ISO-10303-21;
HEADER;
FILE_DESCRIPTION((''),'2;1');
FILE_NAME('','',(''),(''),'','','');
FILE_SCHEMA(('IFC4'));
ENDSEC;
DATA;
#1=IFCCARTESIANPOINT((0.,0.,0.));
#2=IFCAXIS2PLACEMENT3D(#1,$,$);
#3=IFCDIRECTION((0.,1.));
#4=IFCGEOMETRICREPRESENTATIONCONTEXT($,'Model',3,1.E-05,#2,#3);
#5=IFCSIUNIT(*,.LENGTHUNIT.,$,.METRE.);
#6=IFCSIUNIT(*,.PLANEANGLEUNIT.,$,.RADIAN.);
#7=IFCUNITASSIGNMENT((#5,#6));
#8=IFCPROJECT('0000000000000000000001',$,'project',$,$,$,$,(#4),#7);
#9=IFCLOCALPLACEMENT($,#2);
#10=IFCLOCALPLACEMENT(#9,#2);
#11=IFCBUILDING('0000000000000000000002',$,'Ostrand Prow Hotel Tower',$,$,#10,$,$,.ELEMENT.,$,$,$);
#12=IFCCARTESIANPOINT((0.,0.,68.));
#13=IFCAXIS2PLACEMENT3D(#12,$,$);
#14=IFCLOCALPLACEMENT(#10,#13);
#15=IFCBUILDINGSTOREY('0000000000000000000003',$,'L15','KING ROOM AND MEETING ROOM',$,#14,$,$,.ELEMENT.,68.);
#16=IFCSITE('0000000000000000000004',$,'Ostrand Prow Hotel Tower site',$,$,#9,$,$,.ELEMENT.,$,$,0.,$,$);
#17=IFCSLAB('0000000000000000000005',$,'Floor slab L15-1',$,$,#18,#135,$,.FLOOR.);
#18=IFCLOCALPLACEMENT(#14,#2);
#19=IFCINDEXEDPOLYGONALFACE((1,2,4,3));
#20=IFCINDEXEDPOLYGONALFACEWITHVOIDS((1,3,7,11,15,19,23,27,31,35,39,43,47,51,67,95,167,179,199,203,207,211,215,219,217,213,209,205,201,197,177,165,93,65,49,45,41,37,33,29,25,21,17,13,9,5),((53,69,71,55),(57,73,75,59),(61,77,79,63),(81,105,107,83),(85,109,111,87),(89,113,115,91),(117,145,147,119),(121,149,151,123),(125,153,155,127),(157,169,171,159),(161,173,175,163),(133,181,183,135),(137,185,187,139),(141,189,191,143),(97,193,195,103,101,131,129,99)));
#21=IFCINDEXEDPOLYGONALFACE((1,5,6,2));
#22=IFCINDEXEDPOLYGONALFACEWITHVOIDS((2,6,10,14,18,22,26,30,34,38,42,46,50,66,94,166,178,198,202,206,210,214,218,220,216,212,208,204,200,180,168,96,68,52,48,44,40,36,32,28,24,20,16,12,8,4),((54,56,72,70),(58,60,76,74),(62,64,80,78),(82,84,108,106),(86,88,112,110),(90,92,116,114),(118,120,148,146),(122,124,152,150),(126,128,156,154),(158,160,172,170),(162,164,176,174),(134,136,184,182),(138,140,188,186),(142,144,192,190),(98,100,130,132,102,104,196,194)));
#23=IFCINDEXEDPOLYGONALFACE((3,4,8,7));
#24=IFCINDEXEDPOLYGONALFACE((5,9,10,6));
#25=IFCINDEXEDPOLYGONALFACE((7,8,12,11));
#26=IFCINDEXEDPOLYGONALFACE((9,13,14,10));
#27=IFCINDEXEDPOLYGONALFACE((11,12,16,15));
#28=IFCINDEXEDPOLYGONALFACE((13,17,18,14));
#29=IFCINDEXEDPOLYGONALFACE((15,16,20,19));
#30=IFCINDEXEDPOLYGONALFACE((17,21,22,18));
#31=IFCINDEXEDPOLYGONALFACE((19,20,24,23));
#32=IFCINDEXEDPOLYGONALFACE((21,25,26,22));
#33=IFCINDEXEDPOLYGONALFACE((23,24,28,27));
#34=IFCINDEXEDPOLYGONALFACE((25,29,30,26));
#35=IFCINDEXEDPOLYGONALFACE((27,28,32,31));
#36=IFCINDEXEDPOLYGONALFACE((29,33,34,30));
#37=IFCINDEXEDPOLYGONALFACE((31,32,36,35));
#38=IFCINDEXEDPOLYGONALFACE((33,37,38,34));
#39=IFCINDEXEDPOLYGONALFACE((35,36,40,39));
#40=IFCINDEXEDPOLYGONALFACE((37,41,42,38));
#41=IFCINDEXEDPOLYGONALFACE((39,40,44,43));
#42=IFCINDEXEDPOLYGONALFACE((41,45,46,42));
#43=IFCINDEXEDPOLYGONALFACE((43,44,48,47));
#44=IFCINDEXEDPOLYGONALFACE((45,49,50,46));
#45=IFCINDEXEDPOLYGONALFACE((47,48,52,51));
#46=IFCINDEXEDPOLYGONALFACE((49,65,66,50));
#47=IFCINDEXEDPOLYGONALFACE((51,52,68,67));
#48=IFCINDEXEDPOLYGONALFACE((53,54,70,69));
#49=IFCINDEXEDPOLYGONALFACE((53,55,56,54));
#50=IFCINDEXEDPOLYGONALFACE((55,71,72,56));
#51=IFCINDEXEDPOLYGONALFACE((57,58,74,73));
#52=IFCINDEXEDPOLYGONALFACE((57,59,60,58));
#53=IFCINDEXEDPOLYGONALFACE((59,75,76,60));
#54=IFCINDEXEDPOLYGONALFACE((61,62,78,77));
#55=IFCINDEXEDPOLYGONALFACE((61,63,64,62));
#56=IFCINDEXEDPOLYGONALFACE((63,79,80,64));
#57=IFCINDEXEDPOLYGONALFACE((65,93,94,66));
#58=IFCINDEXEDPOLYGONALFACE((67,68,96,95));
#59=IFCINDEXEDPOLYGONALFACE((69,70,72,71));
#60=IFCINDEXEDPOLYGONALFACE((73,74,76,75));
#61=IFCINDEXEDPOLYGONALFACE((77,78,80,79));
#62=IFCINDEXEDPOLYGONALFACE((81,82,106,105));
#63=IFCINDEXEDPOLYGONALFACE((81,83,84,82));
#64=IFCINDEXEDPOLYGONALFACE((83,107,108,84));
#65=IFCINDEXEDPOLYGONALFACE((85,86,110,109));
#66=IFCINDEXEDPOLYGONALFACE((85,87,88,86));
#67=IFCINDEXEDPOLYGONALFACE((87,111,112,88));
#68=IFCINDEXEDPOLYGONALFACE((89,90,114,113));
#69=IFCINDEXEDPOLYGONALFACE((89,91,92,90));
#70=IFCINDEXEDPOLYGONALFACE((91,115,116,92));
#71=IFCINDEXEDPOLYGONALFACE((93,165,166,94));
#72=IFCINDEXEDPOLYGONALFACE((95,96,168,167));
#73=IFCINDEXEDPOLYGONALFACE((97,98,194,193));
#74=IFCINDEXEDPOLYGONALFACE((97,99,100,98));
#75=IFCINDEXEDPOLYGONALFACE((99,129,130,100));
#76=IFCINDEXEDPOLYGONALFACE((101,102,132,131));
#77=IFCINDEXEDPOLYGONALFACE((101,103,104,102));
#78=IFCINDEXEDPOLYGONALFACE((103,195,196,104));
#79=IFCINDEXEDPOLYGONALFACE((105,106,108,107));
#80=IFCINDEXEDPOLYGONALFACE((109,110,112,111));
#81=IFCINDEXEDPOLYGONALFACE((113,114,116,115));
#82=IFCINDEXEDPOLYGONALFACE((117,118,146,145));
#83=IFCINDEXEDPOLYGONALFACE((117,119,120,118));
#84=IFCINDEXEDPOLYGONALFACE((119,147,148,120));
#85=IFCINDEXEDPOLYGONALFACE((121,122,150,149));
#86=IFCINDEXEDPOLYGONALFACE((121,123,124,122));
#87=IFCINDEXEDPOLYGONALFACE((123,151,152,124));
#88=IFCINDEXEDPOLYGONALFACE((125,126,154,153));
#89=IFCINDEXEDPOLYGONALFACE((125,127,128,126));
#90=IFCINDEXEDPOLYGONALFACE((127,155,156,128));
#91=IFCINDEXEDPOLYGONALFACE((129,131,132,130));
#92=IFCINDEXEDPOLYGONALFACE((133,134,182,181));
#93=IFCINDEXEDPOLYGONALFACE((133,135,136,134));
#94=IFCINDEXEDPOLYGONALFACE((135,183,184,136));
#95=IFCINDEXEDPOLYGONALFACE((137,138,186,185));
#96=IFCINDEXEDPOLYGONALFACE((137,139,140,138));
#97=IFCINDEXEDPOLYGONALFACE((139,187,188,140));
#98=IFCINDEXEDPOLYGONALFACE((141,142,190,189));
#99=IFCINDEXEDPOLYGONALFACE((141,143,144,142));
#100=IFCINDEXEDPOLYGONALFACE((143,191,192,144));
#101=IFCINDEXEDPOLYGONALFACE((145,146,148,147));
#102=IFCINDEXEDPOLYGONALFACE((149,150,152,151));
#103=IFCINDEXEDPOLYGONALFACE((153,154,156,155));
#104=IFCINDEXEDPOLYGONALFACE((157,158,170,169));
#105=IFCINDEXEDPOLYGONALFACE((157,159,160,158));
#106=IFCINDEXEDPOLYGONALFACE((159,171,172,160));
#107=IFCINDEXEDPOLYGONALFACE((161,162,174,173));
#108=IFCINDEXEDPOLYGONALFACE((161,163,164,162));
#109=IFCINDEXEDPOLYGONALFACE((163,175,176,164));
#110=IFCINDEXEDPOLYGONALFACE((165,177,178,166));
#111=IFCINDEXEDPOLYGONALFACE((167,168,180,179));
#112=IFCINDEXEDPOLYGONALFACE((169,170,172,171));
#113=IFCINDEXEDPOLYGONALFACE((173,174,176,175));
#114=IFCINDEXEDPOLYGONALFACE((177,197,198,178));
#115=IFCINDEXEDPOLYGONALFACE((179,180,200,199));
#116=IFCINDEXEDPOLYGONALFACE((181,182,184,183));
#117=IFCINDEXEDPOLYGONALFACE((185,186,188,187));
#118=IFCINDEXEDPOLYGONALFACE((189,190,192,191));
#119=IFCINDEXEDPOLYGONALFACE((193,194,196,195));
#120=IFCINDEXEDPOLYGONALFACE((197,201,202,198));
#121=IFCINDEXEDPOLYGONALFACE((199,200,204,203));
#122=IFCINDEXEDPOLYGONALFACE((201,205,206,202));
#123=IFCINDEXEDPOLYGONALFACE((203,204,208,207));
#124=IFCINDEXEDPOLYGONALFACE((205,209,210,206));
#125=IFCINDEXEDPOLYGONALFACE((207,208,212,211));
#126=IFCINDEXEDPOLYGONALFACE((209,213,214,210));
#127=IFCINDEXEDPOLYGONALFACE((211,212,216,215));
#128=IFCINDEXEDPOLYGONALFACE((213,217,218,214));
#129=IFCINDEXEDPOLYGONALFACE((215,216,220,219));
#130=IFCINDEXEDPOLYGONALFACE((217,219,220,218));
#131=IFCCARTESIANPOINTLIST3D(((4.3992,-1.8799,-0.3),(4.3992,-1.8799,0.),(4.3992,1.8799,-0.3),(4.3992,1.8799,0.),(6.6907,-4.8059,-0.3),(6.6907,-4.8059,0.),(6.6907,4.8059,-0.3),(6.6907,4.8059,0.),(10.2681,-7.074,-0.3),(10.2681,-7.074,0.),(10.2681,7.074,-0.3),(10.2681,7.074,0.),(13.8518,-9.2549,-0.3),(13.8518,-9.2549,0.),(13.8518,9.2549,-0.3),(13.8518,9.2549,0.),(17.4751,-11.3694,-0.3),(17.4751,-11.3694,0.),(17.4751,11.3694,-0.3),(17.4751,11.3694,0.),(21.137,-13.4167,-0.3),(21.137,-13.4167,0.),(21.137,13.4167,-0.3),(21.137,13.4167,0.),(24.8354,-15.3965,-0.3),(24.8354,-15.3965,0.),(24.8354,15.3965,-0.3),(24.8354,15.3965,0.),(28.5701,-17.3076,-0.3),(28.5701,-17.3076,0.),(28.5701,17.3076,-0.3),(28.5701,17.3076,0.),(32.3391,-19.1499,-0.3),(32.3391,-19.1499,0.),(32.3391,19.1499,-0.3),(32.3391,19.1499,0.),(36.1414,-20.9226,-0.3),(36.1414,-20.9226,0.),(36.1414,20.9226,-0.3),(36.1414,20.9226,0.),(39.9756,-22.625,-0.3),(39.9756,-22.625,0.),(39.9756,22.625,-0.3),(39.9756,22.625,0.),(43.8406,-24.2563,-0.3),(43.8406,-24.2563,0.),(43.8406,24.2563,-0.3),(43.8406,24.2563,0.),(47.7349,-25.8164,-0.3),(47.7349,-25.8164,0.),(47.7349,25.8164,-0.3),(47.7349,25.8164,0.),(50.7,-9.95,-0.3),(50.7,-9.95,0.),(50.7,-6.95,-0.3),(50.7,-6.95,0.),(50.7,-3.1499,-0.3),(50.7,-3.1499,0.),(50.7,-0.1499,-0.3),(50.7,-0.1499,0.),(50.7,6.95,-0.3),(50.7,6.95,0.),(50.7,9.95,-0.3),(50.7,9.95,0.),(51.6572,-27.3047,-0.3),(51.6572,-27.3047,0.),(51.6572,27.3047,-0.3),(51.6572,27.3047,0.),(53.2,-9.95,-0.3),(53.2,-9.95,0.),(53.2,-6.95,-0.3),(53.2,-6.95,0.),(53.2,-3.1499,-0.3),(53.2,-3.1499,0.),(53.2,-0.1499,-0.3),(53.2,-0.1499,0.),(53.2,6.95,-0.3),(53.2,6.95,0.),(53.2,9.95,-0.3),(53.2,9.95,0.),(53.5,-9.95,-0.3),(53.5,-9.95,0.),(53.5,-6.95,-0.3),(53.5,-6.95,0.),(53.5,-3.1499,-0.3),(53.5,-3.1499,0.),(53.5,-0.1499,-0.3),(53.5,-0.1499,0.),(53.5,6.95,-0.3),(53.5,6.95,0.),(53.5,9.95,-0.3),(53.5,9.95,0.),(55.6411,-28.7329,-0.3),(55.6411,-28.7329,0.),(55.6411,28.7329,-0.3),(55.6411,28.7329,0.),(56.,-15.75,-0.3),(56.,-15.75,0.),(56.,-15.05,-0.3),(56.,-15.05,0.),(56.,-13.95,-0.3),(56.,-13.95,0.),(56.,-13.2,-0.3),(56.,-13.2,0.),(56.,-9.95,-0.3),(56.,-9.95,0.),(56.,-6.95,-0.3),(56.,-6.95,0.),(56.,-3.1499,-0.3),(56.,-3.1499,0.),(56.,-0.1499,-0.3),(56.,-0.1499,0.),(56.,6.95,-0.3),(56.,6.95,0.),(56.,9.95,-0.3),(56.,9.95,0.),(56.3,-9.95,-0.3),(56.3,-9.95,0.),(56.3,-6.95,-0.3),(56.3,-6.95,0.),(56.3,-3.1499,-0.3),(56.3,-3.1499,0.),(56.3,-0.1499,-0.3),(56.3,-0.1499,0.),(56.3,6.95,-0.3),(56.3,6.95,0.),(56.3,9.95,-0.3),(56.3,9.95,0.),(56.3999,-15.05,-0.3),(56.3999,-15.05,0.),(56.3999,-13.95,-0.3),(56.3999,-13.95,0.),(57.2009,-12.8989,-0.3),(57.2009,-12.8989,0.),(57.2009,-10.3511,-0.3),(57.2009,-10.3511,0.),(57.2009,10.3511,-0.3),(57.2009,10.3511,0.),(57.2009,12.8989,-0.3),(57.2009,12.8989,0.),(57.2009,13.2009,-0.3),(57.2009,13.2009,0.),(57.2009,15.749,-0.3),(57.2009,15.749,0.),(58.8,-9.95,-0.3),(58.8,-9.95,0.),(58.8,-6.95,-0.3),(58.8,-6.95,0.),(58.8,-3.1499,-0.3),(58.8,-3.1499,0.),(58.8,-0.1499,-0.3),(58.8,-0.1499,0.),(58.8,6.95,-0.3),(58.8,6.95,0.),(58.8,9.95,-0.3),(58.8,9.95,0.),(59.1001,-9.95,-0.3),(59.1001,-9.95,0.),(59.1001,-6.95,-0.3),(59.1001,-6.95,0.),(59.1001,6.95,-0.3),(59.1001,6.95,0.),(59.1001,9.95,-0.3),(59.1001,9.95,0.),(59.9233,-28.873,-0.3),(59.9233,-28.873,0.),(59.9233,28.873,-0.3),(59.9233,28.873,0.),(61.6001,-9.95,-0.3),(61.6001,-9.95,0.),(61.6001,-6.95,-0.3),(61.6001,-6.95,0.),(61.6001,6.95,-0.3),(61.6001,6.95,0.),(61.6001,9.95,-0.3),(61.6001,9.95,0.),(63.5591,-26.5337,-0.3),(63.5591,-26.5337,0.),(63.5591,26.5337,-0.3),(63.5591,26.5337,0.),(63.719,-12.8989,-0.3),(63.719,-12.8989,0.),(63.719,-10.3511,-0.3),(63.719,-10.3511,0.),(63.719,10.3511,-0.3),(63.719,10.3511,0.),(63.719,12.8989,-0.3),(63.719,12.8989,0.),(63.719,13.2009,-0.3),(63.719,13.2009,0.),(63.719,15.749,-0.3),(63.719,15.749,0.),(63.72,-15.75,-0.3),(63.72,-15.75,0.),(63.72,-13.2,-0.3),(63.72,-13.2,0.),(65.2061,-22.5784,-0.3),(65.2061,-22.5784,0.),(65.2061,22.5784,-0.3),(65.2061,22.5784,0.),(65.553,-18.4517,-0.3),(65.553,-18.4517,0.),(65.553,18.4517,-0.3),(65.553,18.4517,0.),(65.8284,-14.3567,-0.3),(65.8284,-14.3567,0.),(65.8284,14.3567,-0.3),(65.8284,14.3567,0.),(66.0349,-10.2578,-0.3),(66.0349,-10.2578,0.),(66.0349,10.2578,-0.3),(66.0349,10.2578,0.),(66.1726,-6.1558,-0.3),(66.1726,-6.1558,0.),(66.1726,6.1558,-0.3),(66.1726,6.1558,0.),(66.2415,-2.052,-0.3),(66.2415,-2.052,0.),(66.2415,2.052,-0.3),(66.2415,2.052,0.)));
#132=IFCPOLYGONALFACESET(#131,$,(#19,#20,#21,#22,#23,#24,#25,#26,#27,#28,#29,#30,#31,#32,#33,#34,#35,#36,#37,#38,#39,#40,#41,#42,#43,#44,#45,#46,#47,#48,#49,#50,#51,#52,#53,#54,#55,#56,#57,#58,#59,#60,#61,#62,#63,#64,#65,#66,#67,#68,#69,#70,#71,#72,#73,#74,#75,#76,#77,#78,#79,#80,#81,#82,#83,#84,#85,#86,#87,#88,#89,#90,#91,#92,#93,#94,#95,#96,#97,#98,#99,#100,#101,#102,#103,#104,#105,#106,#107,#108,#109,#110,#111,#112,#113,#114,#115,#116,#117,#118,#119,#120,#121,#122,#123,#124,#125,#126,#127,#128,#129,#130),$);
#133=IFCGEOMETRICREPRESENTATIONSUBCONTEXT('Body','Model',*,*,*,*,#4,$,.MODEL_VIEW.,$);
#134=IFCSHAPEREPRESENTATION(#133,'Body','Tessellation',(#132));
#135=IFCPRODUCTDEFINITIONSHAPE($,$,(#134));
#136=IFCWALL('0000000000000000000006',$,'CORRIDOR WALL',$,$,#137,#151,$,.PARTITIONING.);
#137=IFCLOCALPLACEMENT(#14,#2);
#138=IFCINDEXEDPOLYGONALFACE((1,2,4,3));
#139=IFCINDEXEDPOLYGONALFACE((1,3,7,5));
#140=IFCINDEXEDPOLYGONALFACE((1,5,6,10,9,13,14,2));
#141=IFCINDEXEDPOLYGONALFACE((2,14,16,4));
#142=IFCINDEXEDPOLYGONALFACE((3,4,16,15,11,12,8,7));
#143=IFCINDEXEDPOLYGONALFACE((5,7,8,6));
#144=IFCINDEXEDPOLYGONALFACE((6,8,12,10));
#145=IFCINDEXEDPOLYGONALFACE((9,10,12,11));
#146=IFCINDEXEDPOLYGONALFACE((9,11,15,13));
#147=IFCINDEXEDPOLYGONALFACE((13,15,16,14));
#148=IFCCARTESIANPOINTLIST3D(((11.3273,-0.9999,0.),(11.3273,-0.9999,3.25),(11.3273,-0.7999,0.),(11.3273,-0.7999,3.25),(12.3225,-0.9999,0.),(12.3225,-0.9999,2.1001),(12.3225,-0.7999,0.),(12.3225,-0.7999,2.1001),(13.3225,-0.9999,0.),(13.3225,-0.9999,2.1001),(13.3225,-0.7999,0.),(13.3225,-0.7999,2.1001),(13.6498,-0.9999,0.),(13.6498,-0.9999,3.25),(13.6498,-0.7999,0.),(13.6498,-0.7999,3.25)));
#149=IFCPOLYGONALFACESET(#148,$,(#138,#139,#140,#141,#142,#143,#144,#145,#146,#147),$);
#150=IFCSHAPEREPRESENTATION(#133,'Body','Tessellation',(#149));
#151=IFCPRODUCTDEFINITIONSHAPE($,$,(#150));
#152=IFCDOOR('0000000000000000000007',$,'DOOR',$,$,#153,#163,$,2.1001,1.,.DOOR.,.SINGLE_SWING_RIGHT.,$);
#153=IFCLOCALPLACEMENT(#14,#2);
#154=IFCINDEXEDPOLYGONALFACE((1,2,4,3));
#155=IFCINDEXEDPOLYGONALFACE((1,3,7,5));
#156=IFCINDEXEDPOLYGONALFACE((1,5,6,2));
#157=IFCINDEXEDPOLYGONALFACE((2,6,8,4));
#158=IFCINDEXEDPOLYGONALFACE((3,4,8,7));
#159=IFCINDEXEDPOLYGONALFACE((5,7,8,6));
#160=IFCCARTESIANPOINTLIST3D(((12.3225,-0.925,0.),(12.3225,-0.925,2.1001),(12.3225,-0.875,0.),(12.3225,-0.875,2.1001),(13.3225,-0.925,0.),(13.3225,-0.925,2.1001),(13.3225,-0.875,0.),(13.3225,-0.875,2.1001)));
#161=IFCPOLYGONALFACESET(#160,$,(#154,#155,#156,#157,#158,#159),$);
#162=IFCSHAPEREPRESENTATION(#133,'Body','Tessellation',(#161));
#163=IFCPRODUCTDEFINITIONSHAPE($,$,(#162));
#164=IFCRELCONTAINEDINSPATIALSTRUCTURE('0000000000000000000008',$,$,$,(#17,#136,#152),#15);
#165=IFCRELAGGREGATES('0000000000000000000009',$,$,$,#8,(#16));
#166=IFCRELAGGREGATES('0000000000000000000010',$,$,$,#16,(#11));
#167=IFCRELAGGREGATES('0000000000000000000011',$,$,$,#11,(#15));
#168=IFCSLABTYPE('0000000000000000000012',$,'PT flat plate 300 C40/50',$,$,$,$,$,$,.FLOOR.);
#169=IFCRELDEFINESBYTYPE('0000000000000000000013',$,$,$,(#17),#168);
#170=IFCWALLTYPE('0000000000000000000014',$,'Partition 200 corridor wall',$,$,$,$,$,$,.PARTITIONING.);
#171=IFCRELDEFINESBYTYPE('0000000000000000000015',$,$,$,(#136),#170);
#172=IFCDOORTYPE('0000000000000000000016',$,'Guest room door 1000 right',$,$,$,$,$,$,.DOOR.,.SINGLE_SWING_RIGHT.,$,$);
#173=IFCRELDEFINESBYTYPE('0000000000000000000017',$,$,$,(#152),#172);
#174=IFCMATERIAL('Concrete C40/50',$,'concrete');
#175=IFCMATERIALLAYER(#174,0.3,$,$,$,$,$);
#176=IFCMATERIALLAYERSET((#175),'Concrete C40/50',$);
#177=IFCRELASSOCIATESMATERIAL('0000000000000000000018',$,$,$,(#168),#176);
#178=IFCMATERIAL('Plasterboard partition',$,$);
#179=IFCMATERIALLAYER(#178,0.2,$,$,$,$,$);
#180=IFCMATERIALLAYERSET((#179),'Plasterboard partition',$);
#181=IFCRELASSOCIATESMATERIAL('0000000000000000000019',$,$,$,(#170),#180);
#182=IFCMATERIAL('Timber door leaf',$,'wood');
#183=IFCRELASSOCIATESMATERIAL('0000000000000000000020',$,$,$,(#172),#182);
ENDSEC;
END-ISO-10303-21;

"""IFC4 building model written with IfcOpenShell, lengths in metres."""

from ifc_helpers import new_model, si_unit, direction, frame, frame_2d, origin, place, context, subcontext, project, spatial, polyline, rectangle, outline, extrude, material, layer, layer_set, type_object, element, fill, save


model = new_model("IFC4")

# Units and contexts
model_context = context("Model", 3, precision=1e-05, world=origin(), true_north=direction((0.0, 1.0)))
body_context = subcontext(model_context, "Body", "Model", "MODEL_VIEW")
ifc_project = project(units=[si_unit("LENGTHUNIT", "METRE"), si_unit("PLANEANGLEUNIT", "RADIAN")], contexts=[model_context])

# Site, building, storey
site_placement = place(None, origin())
site = spatial("IfcSite", under=ifc_project, at=site_placement, Name="Ostrand Prow Hotel Tower site", CompositionType="ELEMENT", RefElevation=0.0)
building_placement = place(site_placement, origin())
building = spatial("IfcBuilding", under=site, at=building_placement, Name="Ostrand Prow Hotel Tower", CompositionType="ELEMENT")
storey_placement = place(building_placement, frame((0.0, 0.0, 68.0)))
storey = spatial("IfcBuildingStorey", under=building, at=storey_placement, Name="L15", Description="KING ROOM AND MEETING ROOM", CompositionType="ELEMENT", Elevation=68.0)

# Slab, opening
ifc_material_1 = material(Name="Concrete C40/50", Category="concrete")
ifc_layer_1 = layer(ifc_material_1, 0.3)
ifc_layer_set_1 = layer_set([ifc_layer_1], Name="Concrete C40/50")
slab_type = type_object("IfcSlabType", Name="PT flat plate 300 C40/50", PredefinedType="FLOOR", material=ifc_layer_set_1)
slab_placement = place(storey_placement, frame((0.0, 0.0, -0.3)))
slab = element("IfcSlab", 1, at=slab_placement, inside=storey, type_object=slab_type, Name="Floor slab L15-1", PredefinedType="FLOOR", context=body_context, shape_type="SweptSolid", body=[
    extrude(outline(polyline([(6.6907, 4.8059), (10.2681, 7.074), (13.8518, 9.2549), (17.4751, 11.3694), (21.137, 13.4167), (24.8354, 15.3965), (28.5701, 17.3076), (32.3391, 19.1499), (36.1414, 20.9226), (39.9756, 22.625), (43.8406, 24.2563), (47.7349, 25.8164), (51.6572, 27.3047), (55.6411, 28.7329), (59.9233, 28.873), (63.5591, 26.5337), (65.2061, 22.5784), (65.553, 18.4517), (65.8284, 14.3567), (66.0349, 10.2578), (66.1726, 6.1558), (66.2415, 2.052), (66.2415, -2.052), (66.1726, -6.1558), (66.0349, -10.2578), (65.8284, -14.3567), (65.553, -18.4517), (65.2061, -22.5784), (63.5591, -26.5337), (59.9233, -28.873), (55.6411, -28.7329), (51.6572, -27.3047), (47.7349, -25.8164), (43.8406, -24.2563), (39.9756, -22.625), (36.1414, -20.9226), (32.3391, -19.1499), (28.5701, -17.3076), (24.8354, -15.3965), (21.137, -13.4167), (17.4751, -11.3694), (13.8518, -9.2549), (10.2681, -7.074), (6.6907, -4.8059), (4.3992, -1.8799), (4.3992, 1.8799), (6.6907, 4.8059)]), holes=[polyline([(50.7, 6.95), (53.2, 6.95), (53.2, 9.95), (50.7, 9.95), (50.7, 6.95)]), polyline([(53.5, 6.95), (56.0, 6.95), (56.0, 9.95), (53.5, 9.95), (53.5, 6.95)]), polyline([(56.3, 6.95), (58.8, 6.95), (58.8, 9.95), (56.3, 9.95), (56.3, 6.95)]), polyline([(59.1001, 6.95), (61.6001, 6.95), (61.6001, 9.95), (59.1001, 9.95), (59.1001, 6.95)]), polyline([(50.7, -3.1499), (53.2, -3.1499), (53.2, -0.1499), (50.7, -0.1499), (50.7, -3.1499)]), polyline([(53.5, -3.1499), (56.0, -3.1499), (56.0, -0.1499), (53.5, -0.1499), (53.5, -3.1499)]), polyline([(56.3, -3.1499), (58.8, -3.1499), (58.8, -0.1499), (56.3, -0.1499), (56.3, -3.1499)]), polyline([(50.7, -9.95), (53.2, -9.95), (53.2, -6.95), (50.7, -6.95), (50.7, -9.95)]), polyline([(53.5, -9.95), (56.0, -9.95), (56.0, -6.95), (53.5, -6.95), (53.5, -9.95)]), polyline([(56.3, -9.95), (58.8, -9.95), (58.8, -6.95), (56.3, -6.95), (56.3, -9.95)]), polyline([(59.1001, -9.95), (61.6001, -9.95), (61.6001, -6.95), (59.1001, -6.95), (59.1001, -9.95)]), polyline([(57.2009, 10.3511), (57.2009, 12.8989), (63.719, 12.8989), (63.719, 10.3511), (57.2009, 10.3511)]), polyline([(57.2009, 13.2009), (57.2009, 15.749), (63.719, 15.749), (63.719, 13.2009), (57.2009, 13.2009)]), polyline([(57.2009, -12.8989), (57.2009, -10.3511), (63.719, -10.3511), (63.719, -12.8989), (57.2009, -12.8989)]), polyline([(56.0, -13.2), (63.72, -13.2), (63.72, -15.75), (56.0, -15.75), (56.0, -15.05), (56.3999, -15.05), (56.3999, -13.95), (56.0, -13.95), (56.0, -13.2)])]), origin(), (0.0, 0.0, 1.0), 0.3),
])
opening_1_placement = place(slab_placement, origin())
element("IfcOpeningElement", 2, at=opening_1_placement, cuts=slab, PredefinedType="OPENING", context=body_context, shape_type="SweptSolid", body=[
    extrude(outline(polyline([(56.0, -13.2), (63.72, -13.2), (63.72, -15.75), (56.0, -15.75), (56.0, -15.05), (56.3999, -15.05), (56.3999, -13.95), (56.0, -13.95), (56.0, -13.2)])), origin(), (0.0, 0.0, 1.0), 0.3),
])

# Wall, opening, door
ifc_material_2 = material(Name="Plasterboard partition")
ifc_layer_2 = layer(ifc_material_2, 0.2)
ifc_layer_set_2 = layer_set([ifc_layer_2], Name="Plasterboard partition")
wall_type_1 = type_object("IfcWallType", Name="Partition 200 corridor wall", PredefinedType="PARTITIONING", material=ifc_layer_set_2)
wall_1_placement = place(storey_placement, frame((11.3274, -0.8999, 0.0), z_axis=(0.0, 0.0, 1.0), x_axis=(1.0, 0.0, 0.0)))
wall_1 = element("IfcWall", 3, at=wall_1_placement, inside=storey, type_object=wall_type_1, Name="CORRIDOR WALL", PredefinedType="PARTITIONING", context=body_context, shape_type="SweptSolid", body=[
    extrude(rectangle(XDim=2.3225, YDim=0.2, at=frame_2d((1.1611, 0.0))), origin(), (0.0, 0.0, 1.0), 3.25),
])
opening_2_placement = place(wall_1_placement, frame((0.9951, 0.0, 0.0)))
opening_2 = element("IfcOpeningElement", 4, at=opening_2_placement, cuts=wall_1, PredefinedType="OPENING", context=body_context, shape_type="SweptSolid", body=[
    extrude(rectangle(XDim=1.0, YDim=2.1001, at=frame_2d((0.5, 1.05))), frame((0.0, 0.1099, 0.0), z_axis=(0.0, -1.0, 0.0), x_axis=(1.0, 0.0, 0.0)), (0.0, 0.0, 1.0), 0.22),
])
ifc_material_3 = material(Name="Timber door leaf", Category="wood")
door_type_1 = type_object("IfcDoorType", Name="Guest room door 1000 right", OperationType="SINGLE_SWING_RIGHT", PredefinedType="DOOR", material=ifc_material_3)
door_1_placement = place(opening_2_placement, origin())
door_1 = element("IfcDoor", 5, at=door_1_placement, inside=storey, type_object=door_type_1, Name="DOOR", OperationType="SINGLE_SWING_RIGHT", OverallHeight=2.1001, OverallWidth=1.0, PredefinedType="DOOR", context=body_context, shape_type="SweptSolid", body=[
    extrude(rectangle(XDim=1.0, YDim=2.1001, at=frame_2d((0.5, 1.05))), frame((0.0, 0.0249, 0.0), z_axis=(0.0, -1.0, 0.0), x_axis=(1.0, 0.0, 0.0)), (0.0, 0.0, 1.0), 0.05),
])
fill(opening_2, door_1)

save(model, "model.ifc")
